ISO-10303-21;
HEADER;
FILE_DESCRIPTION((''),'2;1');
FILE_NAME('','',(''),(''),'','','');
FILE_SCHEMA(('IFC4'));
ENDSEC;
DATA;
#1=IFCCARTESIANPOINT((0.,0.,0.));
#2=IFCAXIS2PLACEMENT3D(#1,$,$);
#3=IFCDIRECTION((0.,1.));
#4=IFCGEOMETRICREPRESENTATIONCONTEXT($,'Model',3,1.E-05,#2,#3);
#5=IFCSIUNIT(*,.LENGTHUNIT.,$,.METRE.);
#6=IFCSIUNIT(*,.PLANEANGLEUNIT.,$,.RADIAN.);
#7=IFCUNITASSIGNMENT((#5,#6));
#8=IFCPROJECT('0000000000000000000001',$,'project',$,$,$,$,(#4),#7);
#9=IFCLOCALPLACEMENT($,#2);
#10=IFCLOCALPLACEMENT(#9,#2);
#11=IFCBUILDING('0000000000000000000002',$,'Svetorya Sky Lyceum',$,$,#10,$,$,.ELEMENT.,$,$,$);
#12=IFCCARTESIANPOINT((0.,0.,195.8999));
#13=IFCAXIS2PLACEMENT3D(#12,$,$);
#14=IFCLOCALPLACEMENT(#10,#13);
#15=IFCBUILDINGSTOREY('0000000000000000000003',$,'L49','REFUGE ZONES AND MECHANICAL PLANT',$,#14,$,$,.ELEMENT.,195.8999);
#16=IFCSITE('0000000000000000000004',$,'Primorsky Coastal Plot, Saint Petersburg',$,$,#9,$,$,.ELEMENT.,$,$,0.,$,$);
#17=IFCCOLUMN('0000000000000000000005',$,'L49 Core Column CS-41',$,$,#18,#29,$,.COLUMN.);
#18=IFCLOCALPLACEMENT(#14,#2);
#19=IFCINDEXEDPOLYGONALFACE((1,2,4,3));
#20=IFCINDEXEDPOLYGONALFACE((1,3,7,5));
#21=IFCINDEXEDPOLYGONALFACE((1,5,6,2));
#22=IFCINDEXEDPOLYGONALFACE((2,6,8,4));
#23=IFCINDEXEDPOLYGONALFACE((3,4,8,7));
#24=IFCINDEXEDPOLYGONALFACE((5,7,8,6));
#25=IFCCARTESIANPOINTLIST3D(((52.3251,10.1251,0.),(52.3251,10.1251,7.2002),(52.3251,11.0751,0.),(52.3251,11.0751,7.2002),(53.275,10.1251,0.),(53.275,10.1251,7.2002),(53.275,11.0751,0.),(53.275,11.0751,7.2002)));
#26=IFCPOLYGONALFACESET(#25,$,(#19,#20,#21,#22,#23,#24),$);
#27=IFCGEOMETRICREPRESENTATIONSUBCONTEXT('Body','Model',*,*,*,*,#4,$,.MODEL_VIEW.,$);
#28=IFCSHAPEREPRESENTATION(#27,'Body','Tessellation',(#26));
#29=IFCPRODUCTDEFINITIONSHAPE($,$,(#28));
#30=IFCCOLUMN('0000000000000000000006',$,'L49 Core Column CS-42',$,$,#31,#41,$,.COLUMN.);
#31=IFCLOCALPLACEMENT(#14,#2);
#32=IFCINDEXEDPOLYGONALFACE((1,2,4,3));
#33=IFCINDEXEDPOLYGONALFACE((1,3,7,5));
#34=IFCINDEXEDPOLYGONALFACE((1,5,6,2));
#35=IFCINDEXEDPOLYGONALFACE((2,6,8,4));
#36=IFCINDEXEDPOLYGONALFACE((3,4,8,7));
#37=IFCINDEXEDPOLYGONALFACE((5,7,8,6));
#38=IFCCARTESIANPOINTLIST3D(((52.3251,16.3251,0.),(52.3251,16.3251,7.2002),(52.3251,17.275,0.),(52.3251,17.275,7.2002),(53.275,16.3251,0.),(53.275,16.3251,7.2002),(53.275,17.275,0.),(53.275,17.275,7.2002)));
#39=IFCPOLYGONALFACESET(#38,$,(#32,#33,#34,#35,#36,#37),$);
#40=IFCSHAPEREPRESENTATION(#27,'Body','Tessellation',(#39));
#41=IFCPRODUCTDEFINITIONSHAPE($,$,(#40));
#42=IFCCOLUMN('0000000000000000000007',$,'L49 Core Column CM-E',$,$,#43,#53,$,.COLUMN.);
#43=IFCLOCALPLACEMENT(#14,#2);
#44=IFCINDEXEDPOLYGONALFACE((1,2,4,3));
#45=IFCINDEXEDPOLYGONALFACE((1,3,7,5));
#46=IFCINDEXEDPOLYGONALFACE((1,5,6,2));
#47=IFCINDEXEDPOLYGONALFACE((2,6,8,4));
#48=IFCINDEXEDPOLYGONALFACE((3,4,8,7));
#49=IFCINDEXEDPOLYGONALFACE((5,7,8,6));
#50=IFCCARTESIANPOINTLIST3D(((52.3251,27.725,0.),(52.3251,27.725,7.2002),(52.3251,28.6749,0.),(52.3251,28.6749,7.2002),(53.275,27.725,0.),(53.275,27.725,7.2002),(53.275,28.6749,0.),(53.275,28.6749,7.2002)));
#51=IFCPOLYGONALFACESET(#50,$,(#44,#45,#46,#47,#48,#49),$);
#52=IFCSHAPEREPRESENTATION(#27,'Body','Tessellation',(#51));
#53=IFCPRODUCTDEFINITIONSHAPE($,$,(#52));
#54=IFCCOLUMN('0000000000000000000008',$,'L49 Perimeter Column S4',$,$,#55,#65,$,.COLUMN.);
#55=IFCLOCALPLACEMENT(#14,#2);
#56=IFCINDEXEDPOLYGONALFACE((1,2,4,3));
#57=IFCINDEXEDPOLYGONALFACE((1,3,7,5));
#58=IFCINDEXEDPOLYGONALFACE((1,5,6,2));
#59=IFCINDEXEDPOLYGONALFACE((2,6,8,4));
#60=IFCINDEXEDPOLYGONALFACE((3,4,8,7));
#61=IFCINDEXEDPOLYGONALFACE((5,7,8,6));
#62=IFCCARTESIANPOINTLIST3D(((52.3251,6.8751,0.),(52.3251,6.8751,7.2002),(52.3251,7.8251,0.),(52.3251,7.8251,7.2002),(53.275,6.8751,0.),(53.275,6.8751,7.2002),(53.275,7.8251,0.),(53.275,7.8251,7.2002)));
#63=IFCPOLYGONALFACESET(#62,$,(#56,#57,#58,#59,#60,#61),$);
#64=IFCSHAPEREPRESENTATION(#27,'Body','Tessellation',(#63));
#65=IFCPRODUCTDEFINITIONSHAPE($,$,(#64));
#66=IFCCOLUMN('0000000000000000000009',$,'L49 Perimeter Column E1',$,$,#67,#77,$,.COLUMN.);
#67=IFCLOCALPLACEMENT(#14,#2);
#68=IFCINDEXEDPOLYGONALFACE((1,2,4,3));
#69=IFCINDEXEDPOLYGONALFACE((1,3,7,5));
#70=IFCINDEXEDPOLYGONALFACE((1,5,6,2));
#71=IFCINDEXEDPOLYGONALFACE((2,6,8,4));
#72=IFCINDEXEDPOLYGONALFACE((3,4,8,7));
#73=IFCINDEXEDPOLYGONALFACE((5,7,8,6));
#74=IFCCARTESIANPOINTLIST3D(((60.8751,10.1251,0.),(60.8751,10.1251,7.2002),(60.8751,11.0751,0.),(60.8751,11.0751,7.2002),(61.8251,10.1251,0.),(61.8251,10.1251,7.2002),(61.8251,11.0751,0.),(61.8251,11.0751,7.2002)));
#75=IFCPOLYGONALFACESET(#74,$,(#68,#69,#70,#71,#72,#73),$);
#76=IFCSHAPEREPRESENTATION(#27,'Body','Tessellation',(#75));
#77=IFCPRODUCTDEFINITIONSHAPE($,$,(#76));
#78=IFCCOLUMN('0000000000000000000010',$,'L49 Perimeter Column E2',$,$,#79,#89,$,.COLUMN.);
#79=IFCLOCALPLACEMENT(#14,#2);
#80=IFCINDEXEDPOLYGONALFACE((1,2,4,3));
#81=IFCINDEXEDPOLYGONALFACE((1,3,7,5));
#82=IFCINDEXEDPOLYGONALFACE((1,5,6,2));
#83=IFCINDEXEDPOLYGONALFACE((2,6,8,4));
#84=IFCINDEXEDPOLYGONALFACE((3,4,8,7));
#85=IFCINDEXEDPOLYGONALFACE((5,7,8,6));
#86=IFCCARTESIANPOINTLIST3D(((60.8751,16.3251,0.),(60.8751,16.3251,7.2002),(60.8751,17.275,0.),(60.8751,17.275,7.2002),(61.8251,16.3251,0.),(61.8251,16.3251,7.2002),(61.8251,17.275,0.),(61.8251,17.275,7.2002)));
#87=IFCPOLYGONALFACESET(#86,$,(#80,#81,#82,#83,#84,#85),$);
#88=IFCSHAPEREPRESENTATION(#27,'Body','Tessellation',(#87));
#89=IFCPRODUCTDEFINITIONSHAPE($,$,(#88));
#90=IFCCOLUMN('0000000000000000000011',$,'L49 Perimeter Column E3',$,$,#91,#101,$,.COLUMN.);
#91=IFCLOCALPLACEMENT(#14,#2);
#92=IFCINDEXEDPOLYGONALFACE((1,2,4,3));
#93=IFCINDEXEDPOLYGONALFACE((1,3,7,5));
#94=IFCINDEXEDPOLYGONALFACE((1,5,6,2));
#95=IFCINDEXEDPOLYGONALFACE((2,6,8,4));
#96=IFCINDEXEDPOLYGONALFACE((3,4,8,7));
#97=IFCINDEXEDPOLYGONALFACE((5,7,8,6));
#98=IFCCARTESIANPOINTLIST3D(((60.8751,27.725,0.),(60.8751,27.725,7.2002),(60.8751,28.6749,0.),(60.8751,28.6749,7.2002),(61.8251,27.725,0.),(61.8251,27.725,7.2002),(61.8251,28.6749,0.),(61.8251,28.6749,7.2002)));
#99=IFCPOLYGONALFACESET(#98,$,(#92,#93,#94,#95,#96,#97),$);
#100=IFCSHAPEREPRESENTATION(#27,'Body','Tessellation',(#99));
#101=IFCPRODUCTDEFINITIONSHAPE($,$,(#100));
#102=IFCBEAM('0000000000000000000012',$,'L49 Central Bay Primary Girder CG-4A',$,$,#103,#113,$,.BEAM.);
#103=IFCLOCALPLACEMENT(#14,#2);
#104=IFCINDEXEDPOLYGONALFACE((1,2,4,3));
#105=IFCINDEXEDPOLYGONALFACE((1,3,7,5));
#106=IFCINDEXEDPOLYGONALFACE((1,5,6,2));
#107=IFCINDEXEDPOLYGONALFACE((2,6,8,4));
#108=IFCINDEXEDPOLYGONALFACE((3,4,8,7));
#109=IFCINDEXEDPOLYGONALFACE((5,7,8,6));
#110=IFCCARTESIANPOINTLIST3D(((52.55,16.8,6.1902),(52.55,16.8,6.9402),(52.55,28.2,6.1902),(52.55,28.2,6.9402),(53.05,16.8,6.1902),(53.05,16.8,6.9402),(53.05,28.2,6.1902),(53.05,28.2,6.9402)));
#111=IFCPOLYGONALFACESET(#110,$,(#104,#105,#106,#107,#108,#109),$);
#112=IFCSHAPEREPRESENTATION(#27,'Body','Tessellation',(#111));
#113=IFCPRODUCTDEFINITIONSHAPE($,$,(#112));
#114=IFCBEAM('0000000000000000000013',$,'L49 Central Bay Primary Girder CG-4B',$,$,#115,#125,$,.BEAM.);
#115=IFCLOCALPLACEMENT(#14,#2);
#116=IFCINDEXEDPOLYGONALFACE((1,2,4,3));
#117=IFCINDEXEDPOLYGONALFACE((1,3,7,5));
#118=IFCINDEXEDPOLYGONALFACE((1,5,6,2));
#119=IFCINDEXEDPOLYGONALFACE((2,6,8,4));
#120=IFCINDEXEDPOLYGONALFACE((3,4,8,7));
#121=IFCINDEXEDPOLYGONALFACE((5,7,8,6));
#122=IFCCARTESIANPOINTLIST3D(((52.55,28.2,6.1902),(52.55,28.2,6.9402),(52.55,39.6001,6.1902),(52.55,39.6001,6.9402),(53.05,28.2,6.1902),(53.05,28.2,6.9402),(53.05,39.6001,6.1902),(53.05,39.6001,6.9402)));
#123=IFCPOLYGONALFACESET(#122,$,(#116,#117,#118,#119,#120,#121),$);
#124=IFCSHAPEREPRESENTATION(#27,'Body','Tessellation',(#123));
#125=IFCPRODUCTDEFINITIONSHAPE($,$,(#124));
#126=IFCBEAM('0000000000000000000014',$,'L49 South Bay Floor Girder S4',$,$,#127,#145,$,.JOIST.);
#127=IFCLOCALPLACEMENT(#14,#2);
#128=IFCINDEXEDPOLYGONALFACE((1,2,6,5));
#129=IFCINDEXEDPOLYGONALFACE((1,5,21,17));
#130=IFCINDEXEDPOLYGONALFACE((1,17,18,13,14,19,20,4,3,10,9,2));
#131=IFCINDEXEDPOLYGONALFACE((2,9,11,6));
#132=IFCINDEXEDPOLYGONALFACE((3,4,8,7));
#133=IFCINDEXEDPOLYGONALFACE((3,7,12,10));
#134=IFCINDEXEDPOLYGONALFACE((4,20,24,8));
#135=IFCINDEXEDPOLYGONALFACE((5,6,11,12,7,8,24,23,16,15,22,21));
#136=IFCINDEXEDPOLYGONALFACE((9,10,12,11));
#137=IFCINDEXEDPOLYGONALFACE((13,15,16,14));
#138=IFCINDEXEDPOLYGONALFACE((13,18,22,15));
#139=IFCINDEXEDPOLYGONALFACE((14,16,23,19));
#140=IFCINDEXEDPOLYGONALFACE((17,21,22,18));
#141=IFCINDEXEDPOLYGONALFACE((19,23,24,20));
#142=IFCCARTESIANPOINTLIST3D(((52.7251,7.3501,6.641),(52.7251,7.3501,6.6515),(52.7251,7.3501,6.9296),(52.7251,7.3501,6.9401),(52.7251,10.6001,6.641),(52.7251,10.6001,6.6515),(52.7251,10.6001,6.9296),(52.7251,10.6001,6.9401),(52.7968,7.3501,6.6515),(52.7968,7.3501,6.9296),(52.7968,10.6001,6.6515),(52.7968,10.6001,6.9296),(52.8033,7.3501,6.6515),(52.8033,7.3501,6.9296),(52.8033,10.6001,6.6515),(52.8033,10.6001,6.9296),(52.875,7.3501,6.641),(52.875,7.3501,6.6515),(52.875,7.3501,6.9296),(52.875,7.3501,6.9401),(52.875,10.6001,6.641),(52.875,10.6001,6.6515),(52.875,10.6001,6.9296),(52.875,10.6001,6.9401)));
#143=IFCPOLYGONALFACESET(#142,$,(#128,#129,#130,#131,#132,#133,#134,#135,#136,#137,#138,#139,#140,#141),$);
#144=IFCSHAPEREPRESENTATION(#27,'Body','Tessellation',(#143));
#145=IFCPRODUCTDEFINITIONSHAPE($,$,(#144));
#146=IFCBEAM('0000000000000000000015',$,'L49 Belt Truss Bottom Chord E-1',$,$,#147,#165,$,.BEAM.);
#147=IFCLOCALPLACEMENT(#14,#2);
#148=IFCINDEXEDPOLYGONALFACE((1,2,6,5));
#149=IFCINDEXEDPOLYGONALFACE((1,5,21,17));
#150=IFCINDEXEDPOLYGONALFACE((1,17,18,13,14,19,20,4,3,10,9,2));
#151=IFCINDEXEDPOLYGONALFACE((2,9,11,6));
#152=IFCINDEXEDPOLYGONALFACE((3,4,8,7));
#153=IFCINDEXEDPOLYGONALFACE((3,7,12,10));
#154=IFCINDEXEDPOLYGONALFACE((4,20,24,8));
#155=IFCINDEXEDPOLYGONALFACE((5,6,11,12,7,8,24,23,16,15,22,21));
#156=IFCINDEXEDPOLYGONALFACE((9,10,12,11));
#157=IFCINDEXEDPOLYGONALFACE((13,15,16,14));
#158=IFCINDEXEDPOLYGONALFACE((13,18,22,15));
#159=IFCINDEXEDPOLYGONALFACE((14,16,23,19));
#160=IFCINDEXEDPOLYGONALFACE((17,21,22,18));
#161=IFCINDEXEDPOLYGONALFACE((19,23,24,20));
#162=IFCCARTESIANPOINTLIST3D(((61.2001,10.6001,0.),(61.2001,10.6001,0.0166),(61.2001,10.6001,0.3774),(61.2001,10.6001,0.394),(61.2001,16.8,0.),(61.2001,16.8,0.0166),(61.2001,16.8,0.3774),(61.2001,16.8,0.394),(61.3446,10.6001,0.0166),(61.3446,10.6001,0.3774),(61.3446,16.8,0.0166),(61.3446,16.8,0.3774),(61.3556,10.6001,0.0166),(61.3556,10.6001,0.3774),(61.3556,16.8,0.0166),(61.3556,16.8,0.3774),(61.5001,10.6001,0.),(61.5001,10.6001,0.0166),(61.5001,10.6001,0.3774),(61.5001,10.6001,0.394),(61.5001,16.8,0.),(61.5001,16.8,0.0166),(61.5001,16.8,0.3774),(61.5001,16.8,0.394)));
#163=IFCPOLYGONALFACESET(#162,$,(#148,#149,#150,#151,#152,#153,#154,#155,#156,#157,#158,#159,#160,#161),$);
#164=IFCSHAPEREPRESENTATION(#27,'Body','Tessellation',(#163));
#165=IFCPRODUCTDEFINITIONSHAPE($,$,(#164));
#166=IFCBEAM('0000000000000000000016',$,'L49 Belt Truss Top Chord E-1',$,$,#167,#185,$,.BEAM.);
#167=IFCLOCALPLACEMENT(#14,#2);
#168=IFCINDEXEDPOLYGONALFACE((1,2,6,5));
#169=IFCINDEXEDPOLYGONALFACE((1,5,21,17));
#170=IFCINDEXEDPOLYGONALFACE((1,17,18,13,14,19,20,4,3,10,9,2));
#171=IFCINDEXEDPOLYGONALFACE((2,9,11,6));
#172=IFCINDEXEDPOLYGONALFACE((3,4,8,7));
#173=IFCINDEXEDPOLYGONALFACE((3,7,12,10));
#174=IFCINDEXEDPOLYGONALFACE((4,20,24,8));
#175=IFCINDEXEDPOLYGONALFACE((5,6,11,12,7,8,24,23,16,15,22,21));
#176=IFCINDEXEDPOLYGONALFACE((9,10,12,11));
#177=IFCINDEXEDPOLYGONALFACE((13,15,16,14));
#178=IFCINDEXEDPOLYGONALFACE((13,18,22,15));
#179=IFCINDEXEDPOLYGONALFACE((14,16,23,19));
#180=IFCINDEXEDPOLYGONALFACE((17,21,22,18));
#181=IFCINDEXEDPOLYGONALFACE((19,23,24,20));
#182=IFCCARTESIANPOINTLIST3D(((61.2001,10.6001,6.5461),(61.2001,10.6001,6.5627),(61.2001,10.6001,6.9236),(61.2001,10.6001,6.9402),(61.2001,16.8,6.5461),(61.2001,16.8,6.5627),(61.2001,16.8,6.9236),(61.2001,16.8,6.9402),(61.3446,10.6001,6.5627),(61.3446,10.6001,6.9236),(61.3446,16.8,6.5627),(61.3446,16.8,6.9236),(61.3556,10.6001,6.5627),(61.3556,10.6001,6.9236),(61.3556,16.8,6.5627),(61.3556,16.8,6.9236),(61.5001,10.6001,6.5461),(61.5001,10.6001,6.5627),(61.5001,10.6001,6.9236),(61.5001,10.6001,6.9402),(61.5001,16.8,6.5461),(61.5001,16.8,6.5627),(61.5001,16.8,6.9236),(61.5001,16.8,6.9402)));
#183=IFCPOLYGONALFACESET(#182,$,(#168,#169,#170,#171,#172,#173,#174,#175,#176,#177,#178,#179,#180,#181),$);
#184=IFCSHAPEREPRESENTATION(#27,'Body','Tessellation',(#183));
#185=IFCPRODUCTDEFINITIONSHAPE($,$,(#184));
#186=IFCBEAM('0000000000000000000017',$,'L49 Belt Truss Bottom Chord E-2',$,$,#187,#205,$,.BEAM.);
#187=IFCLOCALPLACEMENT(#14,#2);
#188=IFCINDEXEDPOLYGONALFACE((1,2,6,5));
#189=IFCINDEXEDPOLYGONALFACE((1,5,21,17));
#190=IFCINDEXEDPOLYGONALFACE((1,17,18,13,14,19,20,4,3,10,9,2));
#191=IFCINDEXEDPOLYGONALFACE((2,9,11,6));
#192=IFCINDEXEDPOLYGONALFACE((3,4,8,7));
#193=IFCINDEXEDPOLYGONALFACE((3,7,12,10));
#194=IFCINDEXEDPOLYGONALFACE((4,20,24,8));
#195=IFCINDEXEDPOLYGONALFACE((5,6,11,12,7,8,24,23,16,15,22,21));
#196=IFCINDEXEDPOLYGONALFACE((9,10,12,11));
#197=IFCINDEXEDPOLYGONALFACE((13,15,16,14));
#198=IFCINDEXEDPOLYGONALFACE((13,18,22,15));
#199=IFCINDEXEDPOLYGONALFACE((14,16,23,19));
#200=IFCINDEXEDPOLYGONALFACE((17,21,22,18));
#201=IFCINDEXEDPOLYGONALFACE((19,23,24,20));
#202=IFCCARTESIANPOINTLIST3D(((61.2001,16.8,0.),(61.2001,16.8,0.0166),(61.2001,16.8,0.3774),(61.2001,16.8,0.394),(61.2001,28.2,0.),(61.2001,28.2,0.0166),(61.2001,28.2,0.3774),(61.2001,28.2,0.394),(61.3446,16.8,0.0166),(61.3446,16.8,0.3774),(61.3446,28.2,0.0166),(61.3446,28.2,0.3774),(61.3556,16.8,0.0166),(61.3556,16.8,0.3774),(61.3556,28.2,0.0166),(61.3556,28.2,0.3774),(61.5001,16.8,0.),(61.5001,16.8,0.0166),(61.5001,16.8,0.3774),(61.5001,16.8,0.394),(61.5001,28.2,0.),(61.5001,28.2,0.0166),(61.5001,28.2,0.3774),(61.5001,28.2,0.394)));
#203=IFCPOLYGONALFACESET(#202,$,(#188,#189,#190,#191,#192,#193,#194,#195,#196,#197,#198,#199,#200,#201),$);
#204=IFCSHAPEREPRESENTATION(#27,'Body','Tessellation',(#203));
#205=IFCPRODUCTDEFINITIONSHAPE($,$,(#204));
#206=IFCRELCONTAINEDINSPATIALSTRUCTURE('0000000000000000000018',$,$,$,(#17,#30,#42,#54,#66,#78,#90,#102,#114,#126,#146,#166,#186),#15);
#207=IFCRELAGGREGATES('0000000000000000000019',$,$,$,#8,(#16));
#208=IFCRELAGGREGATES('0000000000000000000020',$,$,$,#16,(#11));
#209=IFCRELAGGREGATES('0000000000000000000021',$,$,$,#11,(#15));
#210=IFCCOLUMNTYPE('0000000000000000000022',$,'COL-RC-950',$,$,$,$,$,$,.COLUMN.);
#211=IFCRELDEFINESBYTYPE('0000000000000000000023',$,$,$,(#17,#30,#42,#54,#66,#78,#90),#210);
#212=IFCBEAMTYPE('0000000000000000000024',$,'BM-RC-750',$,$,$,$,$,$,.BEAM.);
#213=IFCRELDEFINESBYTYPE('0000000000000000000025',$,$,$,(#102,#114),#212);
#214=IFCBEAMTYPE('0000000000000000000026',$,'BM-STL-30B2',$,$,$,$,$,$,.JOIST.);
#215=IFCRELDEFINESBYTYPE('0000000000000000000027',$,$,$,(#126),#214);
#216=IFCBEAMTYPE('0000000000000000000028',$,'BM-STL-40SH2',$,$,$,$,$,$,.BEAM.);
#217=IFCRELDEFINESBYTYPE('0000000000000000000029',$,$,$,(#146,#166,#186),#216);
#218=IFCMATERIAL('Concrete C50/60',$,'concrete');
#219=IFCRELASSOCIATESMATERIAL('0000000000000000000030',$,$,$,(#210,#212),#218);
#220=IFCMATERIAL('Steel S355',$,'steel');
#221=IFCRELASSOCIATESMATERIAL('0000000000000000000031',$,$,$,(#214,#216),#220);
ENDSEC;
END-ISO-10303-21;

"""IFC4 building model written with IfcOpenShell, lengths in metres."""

from ifc_helpers import new_model, si_unit, direction, frame, origin, origin_2d, place, context, subcontext, project, spatial, rectangle, i_section, extrude, material, material_profile, profile_set, type_object, element, save


model = new_model("IFC4")

# Units and contexts
model_context = context("Model", 3, precision=1e-05, world=origin(), true_north=direction((0.0, 1.0)))
body_context = subcontext(model_context, "Body", "Model", "MODEL_VIEW")
ifc_project = project(units=[si_unit("LENGTHUNIT", "METRE"), si_unit("PLANEANGLEUNIT", "RADIAN")], contexts=[model_context])

# Site, building, storey
site_placement = place(None, origin())
site = spatial("IfcSite", under=ifc_project, at=site_placement, Name="Primorsky Coastal Plot, Saint Petersburg", CompositionType="ELEMENT", RefElevation=0.0)
building_placement = place(site_placement, origin())
building = spatial("IfcBuilding", under=site, at=building_placement, Name="Svetorya Sky Lyceum", CompositionType="ELEMENT")
storey_placement = place(building_placement, frame((0.0, 0.0, 195.8999)))
storey = spatial("IfcBuildingStorey", under=building, at=storey_placement, Name="L49", Description="REFUGE ZONES AND MECHANICAL PLANT", CompositionType="ELEMENT", Elevation=195.8999)

# Columns
ifc_material_1 = material(Name="Concrete C50/60", Category="concrete")
ifc_material_profile_1 = material_profile(ifc_material_1, rectangle(XDim=0.95, YDim=0.95, at=origin_2d()), Name="RC COL 950x950")
ifc_profile_set_1 = profile_set([ifc_material_profile_1], Name="Concrete C50/60")
column_type = type_object("IfcColumnType", Name="COL-RC-950", PredefinedType="COLUMN", material=ifc_profile_set_1)
for number, where, z_axis, x_axis, name in (
    (1, (52.8, 10.6001, 0.0), (0.0, 0.0, 1.0), (1.0, 0.0, 0.0), "L49 Core Column CS-41"),
    (2, (52.8, 16.8, 0.0), (0.0, 0.0, 1.0), (1.0, 0.0, 0.0), "L49 Core Column CS-42"),
    (3, (52.8, 28.2, 0.0), (0.0, 0.0, 1.0), (1.0, 0.0, 0.0), "L49 Core Column CM-E"),
    (4, (52.8, 7.3501, 0.0), (0.0, 0.0, 1.0), (1.0, 0.0, 0.0), "L49 Perimeter Column S4"),
    (5, (61.3501, 10.6001, 0.0), (0.0, 0.0, 1.0), (1.0, 0.0, 0.0), "L49 Perimeter Column E1"),
    (6, (61.3501, 16.8, 0.0), (0.0, 0.0, 1.0), (1.0, 0.0, 0.0), "L49 Perimeter Column E2"),
    (7, (61.3501, 28.2, 0.0), (0.0, 0.0, 1.0), (1.0, 0.0, 0.0), "L49 Perimeter Column E3"),
):
    element("IfcColumn", number, at=place(storey_placement, frame(where, z_axis=z_axis, x_axis=x_axis)), inside=storey, type_object=column_type, Name=name, PredefinedType="COLUMN", context=body_context, shape_type="SweptSolid", body=[
        extrude(rectangle(XDim=0.95, YDim=0.95, at=origin_2d()), origin(), (0.0, 0.0, 1.0), 7.2002),
    ])

# Beams
ifc_material_profile_2 = material_profile(ifc_material_1, rectangle(XDim=0.5, YDim=0.75, at=origin_2d()), Name="RC BEAM 500x750")
ifc_profile_set_2 = profile_set([ifc_material_profile_2], Name="Concrete C50/60")
beam_type_1 = type_object("IfcBeamType", Name="BM-RC-750", PredefinedType="BEAM", material=ifc_profile_set_2)
beam_1_placement = place(storey_placement, frame((52.8, 16.8, 6.5652), z_axis=(0.0, 1.0, 0.0), x_axis=(-1.0, 0.0, 0.0)))
element("IfcBeam", 8, at=beam_1_placement, inside=storey, type_object=beam_type_1, Name="L49 Central Bay Primary Girder CG-4A", PredefinedType="BEAM", context=body_context, shape_type="SweptSolid", body=[
    extrude(rectangle(XDim=0.5, YDim=0.75, at=origin_2d()), origin(), (0.0, 0.0, 1.0), 11.3999),
])
beam_2_placement = place(storey_placement, frame((52.8, 28.2, 6.5652), z_axis=(0.0, 1.0, 0.0), x_axis=(-1.0, 0.0, 0.0)))
element("IfcBeam", 9, at=beam_2_placement, inside=storey, type_object=beam_type_1, Name="L49 Central Bay Primary Girder CG-4B", PredefinedType="BEAM", context=body_context, shape_type="SweptSolid", body=[
    extrude(rectangle(XDim=0.5, YDim=0.75, at=origin_2d()), origin(), (0.0, 0.0, 1.0), 11.4001),
])
ifc_material_2 = material(Name="Steel S355", Category="steel")
ifc_material_profile_3 = material_profile(ifc_material_2, i_section(OverallWidth=0.1499, OverallDepth=0.2991, WebThickness=0.0066, FlangeThickness=0.0105, at=origin_2d()), Name="GOST 30B2")
ifc_profile_set_3 = profile_set([ifc_material_profile_3], Name="Steel S355")
beam_type_2 = type_object("IfcBeamType", Name="BM-STL-30B2", PredefinedType="JOIST", material=ifc_profile_set_3)
beam_3_placement = place(storey_placement, frame((52.8, 7.3501, 6.7905), z_axis=(0.0, 1.0, 0.0), x_axis=(-1.0, 0.0, 0.0)))
element("IfcBeam", 10, at=beam_3_placement, inside=storey, type_object=beam_type_2, Name="L49 South Bay Floor Girder S4", PredefinedType="JOIST", context=body_context, shape_type="SweptSolid", body=[
    extrude(i_section(OverallWidth=0.1499, OverallDepth=0.2991, WebThickness=0.0066, FlangeThickness=0.0105, at=origin_2d()), origin(), (0.0, 0.0, 1.0), 3.25),
])
ifc_material_profile_4 = material_profile(ifc_material_2, i_section(OverallWidth=0.3, OverallDepth=0.394, WebThickness=0.011, FlangeThickness=0.0166, at=origin_2d()), Name="GOST 40Sh2")
ifc_profile_set_4 = profile_set([ifc_material_profile_4], Name="Steel S355")
beam_type_3 = type_object("IfcBeamType", Name="BM-STL-40SH2", PredefinedType="BEAM", material=ifc_profile_set_4)
for number, where, z_axis, x_axis, name in (
    (11, (61.3501, 10.6001, 0.197), (0.0, 1.0, 0.0), (-1.0, 0.0, 0.0), "L49 Belt Truss Bottom Chord E-1"),
    (12, (61.3501, 10.6001, 6.7432), (0.0, 1.0, 0.0), (-1.0, 0.0, 0.0), "L49 Belt Truss Top Chord E-1"),
):
    element("IfcBeam", number, at=place(storey_placement, frame(where, z_axis=z_axis, x_axis=x_axis)), inside=storey, type_object=beam_type_3, Name=name, PredefinedType="BEAM", context=body_context, shape_type="SweptSolid", body=[
        extrude(i_section(OverallWidth=0.3, OverallDepth=0.394, WebThickness=0.011, FlangeThickness=0.0166, at=origin_2d()), origin(), (0.0, 0.0, 1.0), 6.2),
    ])
for number, where, z_axis, x_axis, name in (
    (13, (61.3501, 16.8, 0.197), (0.0, 1.0, 0.0), (-1.0, 0.0, 0.0), "L49 Belt Truss Bottom Chord E-2"),
):
    element("IfcBeam", number, at=place(storey_placement, frame(where, z_axis=z_axis, x_axis=x_axis)), inside=storey, type_object=beam_type_3, Name=name, PredefinedType="BEAM", context=body_context, shape_type="SweptSolid", body=[
        extrude(i_section(OverallWidth=0.3, OverallDepth=0.394, WebThickness=0.011, FlangeThickness=0.0166, at=origin_2d()), origin(), (0.0, 0.0, 1.0), 11.3999),
    ])

save(model, "model.ifc")
